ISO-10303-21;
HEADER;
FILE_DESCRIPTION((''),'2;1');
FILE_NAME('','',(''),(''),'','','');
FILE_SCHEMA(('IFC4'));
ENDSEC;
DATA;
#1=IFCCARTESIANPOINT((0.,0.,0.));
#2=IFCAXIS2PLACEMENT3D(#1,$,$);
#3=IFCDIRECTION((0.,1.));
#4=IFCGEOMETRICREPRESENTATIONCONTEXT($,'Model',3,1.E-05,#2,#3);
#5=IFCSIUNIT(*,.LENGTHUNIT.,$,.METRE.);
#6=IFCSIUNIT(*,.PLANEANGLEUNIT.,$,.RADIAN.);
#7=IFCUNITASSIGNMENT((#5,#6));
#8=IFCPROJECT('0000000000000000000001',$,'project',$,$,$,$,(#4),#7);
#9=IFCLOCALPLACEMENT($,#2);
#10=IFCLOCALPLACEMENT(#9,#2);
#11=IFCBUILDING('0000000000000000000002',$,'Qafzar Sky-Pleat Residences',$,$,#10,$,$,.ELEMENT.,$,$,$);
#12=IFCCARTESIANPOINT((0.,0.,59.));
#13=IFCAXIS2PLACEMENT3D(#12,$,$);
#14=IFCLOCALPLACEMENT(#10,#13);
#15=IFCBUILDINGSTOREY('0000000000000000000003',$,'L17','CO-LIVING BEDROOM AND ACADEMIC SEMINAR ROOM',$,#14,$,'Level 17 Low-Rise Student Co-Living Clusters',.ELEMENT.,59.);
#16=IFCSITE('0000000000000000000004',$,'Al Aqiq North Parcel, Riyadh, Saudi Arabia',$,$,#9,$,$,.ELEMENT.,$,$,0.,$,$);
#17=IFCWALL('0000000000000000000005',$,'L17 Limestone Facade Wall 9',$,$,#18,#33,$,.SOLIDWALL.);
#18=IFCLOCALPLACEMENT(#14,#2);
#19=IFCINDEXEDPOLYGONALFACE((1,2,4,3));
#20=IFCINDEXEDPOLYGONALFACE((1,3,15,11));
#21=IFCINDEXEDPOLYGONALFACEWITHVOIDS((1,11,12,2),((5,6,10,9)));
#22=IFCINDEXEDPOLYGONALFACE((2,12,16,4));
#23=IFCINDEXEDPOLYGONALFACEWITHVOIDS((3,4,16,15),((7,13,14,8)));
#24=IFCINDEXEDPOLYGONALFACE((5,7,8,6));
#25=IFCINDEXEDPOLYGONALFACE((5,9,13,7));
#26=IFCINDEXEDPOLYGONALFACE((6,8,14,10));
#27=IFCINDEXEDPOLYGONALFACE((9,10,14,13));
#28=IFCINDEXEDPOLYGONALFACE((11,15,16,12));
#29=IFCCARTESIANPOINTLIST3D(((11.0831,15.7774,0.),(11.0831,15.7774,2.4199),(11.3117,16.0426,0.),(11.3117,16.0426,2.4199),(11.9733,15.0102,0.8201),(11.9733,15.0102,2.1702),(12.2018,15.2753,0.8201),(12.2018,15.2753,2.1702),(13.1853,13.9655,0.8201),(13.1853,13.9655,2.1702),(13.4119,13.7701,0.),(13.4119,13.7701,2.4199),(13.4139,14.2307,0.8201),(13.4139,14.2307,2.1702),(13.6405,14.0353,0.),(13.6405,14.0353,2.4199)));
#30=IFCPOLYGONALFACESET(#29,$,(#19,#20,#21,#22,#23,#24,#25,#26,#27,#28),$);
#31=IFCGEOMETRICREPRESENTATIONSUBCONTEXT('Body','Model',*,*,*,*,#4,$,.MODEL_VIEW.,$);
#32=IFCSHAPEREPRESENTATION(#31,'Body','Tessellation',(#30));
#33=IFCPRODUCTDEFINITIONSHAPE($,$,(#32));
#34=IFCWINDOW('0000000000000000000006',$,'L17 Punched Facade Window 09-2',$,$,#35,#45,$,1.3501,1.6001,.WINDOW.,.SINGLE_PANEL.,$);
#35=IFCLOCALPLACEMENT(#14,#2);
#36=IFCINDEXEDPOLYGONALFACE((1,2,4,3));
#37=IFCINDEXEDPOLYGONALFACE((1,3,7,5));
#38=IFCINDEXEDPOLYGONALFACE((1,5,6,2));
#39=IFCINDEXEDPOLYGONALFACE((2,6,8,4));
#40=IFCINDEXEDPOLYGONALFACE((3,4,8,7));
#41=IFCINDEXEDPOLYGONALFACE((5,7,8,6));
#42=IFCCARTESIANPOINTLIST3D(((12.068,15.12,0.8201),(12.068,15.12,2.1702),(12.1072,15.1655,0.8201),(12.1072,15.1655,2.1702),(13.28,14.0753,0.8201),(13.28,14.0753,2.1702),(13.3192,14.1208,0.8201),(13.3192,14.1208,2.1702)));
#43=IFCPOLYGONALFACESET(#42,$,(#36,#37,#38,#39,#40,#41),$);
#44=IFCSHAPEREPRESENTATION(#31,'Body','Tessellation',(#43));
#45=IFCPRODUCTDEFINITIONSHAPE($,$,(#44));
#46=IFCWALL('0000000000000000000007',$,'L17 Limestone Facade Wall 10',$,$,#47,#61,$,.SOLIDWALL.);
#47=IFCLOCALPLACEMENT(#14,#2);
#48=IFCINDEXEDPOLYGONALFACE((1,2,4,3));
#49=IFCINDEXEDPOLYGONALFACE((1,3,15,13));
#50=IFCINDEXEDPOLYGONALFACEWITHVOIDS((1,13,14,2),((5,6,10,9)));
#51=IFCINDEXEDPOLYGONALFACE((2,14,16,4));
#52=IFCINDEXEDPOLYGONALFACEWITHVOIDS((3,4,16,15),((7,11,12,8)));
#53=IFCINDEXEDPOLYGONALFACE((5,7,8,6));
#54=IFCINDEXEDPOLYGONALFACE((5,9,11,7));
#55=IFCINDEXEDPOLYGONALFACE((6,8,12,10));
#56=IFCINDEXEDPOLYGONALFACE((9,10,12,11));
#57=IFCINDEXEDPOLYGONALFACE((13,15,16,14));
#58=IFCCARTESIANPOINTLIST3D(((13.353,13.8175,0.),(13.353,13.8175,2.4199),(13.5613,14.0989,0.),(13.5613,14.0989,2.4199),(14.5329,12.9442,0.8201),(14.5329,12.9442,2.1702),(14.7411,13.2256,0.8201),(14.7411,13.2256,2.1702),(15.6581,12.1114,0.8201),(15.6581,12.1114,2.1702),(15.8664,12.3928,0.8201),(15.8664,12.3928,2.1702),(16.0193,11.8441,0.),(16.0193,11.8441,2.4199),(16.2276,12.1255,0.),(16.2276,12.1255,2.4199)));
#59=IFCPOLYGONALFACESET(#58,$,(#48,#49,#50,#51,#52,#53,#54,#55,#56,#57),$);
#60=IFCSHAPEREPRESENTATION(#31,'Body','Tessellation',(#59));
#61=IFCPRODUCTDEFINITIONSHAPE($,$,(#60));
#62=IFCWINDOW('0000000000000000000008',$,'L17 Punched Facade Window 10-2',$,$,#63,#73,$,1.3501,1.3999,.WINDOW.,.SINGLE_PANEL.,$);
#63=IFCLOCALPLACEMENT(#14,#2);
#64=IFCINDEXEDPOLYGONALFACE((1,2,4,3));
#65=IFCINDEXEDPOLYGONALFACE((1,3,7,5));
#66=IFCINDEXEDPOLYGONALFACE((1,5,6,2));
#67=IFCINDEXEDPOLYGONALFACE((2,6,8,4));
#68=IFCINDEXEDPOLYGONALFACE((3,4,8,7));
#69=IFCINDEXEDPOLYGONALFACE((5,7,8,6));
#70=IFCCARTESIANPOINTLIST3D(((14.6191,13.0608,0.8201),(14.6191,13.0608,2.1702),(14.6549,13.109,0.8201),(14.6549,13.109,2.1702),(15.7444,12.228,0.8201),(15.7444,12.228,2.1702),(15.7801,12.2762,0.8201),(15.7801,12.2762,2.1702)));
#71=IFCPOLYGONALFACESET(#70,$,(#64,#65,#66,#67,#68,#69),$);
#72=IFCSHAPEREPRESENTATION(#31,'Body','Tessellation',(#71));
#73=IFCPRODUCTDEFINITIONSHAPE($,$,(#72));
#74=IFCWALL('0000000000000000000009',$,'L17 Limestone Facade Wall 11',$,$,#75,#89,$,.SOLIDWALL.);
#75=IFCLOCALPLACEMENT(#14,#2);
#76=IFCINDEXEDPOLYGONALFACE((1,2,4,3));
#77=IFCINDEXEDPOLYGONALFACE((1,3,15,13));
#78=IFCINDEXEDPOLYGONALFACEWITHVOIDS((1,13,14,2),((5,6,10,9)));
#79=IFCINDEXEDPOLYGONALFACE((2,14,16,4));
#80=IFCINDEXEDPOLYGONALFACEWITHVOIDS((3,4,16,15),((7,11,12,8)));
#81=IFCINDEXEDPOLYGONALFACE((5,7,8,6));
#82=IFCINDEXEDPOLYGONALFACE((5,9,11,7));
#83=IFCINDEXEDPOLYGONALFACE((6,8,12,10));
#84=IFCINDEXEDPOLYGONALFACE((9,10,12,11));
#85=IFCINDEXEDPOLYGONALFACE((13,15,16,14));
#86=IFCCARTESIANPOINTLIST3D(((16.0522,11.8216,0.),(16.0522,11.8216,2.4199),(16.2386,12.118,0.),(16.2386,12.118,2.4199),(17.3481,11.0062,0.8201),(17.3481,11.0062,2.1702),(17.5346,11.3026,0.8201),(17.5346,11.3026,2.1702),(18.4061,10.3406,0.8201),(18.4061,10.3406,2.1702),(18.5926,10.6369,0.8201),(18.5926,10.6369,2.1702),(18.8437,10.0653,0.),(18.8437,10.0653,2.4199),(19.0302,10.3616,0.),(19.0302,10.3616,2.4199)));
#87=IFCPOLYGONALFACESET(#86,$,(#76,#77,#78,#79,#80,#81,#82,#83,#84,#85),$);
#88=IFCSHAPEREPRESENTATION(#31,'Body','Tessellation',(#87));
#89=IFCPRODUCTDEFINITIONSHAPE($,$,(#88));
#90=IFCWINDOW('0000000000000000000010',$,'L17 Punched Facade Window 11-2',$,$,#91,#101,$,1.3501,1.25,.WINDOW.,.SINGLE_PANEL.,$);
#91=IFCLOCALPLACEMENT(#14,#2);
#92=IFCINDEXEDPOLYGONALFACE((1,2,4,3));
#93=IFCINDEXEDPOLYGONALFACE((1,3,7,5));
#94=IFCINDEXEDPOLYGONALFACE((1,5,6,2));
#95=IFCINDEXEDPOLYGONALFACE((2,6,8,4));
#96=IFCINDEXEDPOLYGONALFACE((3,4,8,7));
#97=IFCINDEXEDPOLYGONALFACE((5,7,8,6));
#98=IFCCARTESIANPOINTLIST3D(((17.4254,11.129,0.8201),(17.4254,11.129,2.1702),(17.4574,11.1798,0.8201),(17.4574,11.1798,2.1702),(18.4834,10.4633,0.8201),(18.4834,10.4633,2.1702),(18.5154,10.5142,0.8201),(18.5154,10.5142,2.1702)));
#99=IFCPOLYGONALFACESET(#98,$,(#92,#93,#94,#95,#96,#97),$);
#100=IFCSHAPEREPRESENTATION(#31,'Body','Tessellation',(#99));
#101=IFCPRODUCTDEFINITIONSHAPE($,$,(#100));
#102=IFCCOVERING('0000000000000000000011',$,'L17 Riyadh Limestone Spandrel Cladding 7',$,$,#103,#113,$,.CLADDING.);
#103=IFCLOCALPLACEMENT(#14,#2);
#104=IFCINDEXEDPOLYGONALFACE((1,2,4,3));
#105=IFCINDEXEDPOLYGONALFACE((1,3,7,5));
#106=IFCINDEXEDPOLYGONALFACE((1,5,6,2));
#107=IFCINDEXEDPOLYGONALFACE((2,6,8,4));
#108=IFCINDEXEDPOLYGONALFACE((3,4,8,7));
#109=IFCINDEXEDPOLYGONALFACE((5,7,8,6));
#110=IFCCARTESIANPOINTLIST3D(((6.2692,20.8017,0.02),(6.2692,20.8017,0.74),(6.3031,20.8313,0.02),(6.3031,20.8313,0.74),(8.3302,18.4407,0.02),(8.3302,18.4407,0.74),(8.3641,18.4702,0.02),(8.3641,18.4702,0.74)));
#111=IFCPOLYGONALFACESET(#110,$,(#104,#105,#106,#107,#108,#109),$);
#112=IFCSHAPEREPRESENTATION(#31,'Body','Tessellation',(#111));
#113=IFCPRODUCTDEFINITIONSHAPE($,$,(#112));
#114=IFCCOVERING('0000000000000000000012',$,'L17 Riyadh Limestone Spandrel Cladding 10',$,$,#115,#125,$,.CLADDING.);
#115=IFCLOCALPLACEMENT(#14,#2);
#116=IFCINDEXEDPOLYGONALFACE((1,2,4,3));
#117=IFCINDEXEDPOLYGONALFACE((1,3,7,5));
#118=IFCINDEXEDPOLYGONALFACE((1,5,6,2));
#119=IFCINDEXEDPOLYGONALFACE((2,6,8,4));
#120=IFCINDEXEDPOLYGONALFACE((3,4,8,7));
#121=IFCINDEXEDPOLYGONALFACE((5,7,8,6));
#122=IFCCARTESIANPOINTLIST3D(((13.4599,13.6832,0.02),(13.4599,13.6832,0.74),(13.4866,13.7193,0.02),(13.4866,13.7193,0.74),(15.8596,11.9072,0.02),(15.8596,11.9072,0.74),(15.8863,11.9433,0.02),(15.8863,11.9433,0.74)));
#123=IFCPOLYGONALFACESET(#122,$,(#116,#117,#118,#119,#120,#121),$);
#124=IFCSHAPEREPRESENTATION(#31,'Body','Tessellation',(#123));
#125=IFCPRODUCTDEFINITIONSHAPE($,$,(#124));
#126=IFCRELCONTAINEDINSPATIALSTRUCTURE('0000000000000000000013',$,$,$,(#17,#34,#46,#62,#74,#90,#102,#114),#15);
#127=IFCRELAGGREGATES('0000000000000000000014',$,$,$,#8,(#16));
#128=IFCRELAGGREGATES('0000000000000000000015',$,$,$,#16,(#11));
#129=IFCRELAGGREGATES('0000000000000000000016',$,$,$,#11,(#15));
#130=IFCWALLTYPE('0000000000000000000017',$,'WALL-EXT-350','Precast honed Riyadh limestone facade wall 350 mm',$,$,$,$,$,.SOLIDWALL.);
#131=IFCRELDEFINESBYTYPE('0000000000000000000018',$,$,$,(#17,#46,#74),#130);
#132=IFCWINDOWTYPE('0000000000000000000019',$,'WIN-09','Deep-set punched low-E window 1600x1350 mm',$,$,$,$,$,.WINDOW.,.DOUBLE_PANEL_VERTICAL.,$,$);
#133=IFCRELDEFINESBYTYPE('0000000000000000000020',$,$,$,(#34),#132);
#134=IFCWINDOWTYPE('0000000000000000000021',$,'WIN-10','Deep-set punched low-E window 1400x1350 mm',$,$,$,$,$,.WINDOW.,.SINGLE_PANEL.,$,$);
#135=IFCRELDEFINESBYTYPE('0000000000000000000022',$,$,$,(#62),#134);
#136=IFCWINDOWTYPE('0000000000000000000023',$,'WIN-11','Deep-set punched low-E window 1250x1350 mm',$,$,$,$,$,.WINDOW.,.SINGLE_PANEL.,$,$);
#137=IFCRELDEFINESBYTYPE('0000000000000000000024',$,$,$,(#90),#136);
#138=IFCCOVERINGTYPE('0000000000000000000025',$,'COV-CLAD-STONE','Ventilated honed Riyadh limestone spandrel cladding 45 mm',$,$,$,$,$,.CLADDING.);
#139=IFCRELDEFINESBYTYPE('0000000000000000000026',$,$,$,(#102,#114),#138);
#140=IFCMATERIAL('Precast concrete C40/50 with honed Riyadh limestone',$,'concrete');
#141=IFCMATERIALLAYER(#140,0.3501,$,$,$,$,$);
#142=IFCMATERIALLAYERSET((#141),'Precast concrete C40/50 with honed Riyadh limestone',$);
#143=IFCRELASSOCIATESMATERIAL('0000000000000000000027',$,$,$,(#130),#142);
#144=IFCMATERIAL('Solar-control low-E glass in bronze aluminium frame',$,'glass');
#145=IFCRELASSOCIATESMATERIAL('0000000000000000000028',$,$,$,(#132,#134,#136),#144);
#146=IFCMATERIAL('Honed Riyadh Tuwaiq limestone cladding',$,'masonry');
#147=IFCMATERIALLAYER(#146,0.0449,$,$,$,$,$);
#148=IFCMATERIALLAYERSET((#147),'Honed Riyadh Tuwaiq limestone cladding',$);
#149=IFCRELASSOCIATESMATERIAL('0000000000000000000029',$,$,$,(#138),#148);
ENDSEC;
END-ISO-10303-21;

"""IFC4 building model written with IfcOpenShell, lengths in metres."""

from ifc_helpers import new_model, si_unit, direction, frame, frame_2d, origin, origin_2d, place, context, subcontext, project, spatial, rectangle, extrude, source, transform, mapped, material, layer, layer_set, type_object, element, fill, save


model = new_model("IFC4")

# Units and contexts
model_context = context("Model", 3, precision=1e-05, world=origin(), true_north=direction((0.0, 1.0)))
body_context = subcontext(model_context, "Body", "Model", "MODEL_VIEW")
ifc_project = project(units=[si_unit("LENGTHUNIT", "METRE"), si_unit("PLANEANGLEUNIT", "RADIAN")], contexts=[model_context])

# Site, building, storey
site_placement = place(None, origin())
site = spatial("IfcSite", under=ifc_project, at=site_placement, Name="Al Aqiq North Parcel, Riyadh, Saudi Arabia", CompositionType="ELEMENT", RefElevation=0.0)
building_placement = place(site_placement, origin())
building = spatial("IfcBuilding", under=site, at=building_placement, Name="Qafzar Sky-Pleat Residences", CompositionType="ELEMENT")
storey_placement = place(building_placement, frame((0.0, 0.0, 59.0)))
storey = spatial("IfcBuildingStorey", under=building, at=storey_placement, Name="L17", Description="CO-LIVING BEDROOM AND ACADEMIC SEMINAR ROOM", LongName="Level 17 Low-Rise Student Co-Living Clusters", CompositionType="ELEMENT", Elevation=59.0)

# Shared definitions
ifc_material_1 = material(Name="Precast concrete C40/50 with honed Riyadh limestone", Category="concrete")
ifc_layer_1 = layer(ifc_material_1, 0.3501)
ifc_layer_set_1 = layer_set([ifc_layer_1], Name="Precast concrete C40/50 with honed Riyadh limestone")
wall_type_1 = type_object("IfcWallType", Name="WALL-EXT-350", Description="Precast honed Riyadh limestone facade wall 350 mm", PredefinedType="SOLIDWALL", material=ifc_layer_set_1)
ifc_material_2 = material(Name="Solar-control low-E glass in bronze aluminium frame", Category="glass")

# Walls, openings, windows
wall_1_placement = place(storey_placement, frame((11.1975, 15.9099, 0.0), z_axis=(0.0, 0.0, 1.0), x_axis=(0.75746, -0.652882, 0.0)))
wall_1 = element("IfcWall", 1, at=wall_1_placement, inside=storey, type_object=wall_type_1, Name="L17 Limestone Facade Wall 9", PredefinedType="SOLIDWALL", context=body_context, shape_type="SweptSolid", body=[
    extrude(rectangle(XDim=3.0745, YDim=0.3501, at=frame_2d((1.5371, 0.0))), origin(), (0.0, 0.0, 1.0), 2.4199),
])
opening_1_placement = place(wall_1_placement, frame((1.175, 0.0, 0.8201)))
opening_1 = element("IfcOpeningElement", 2, at=opening_1_placement, cuts=wall_1, PredefinedType="OPENING", context=body_context, shape_type="SweptSolid", body=[
    extrude(rectangle(XDim=1.6001, YDim=1.3501, at=frame_2d((0.8, 0.675))), frame((0.0, 0.1851, 0.0), z_axis=(0.0, -1.0, 0.0), x_axis=(1.0, 0.0, 0.0)), (0.0, 0.0, 1.0), 0.3701),
])
window_type_1 = type_object("IfcWindowType", Name="WIN-09", Description="Deep-set punched low-E window 1600x1350 mm", PartitioningType="DOUBLE_PANEL_VERTICAL", PredefinedType="WINDOW", material=ifc_material_2)
shared_shape_1 = source(origin(), body_context, "Body", "SweptSolid", [
    extrude(rectangle(XDim=1.6001, YDim=1.3501, at=frame_2d((0.8, 0.675))), frame((0.0, 0.03, 0.0), z_axis=(0.0, -1.0, 0.0), x_axis=(1.0, 0.0, 0.0)), (0.0, 0.0, 1.0), 0.0601),
])
window_1_placement = place(opening_1_placement, origin())
window_1 = element("IfcWindow", 3, at=window_1_placement, inside=storey, type_object=window_type_1, Name="L17 Punched Facade Window 09-2", OverallHeight=1.3501, OverallWidth=1.6001, PartitioningType="SINGLE_PANEL", PredefinedType="WINDOW", context=body_context, shape_type="MappedRepresentation", body=[
    mapped(shared_shape_1, transform((0.0, 0.0, 0.0), x_axis=(1.0, 0.0, 0.0), y_axis=(0.0, 1.0, 0.0), z_axis=(0.0, 0.0, 1.0), scale=1.0)),
])
fill(opening_1, window_1)
wall_2_placement = place(storey_placement, frame((13.457, 13.9583, 0.0), z_axis=(0.0, 0.0, 1.0), x_axis=(0.803791, -0.594912, 0.0)))
wall_2 = element("IfcWall", 4, at=wall_2_placement, inside=storey, type_object=wall_type_1, Name="L17 Limestone Facade Wall 10", PredefinedType="SOLIDWALL", context=body_context, shape_type="SweptSolid", body=[
    extrude(rectangle(XDim=3.3171, YDim=0.3501, at=frame_2d((1.6587, 0.0))), origin(), (0.0, 0.0, 1.0), 2.4199),
])
opening_2_placement = place(wall_2_placement, frame((1.468, 0.0, 0.8201)))
opening_2 = element("IfcOpeningElement", 5, at=opening_2_placement, cuts=wall_2, PredefinedType="OPENING", context=body_context, shape_type="SweptSolid", body=[
    extrude(rectangle(XDim=1.3999, YDim=1.3501, at=frame_2d((0.7, 0.675))), frame((0.0, 0.1851, 0.0), z_axis=(0.0, -1.0, 0.0), x_axis=(1.0, 0.0, 0.0)), (0.0, 0.0, 1.0), 0.3701),
])
window_type_2 = type_object("IfcWindowType", Name="WIN-10", Description="Deep-set punched low-E window 1400x1350 mm", PartitioningType="SINGLE_PANEL", PredefinedType="WINDOW", material=ifc_material_2)
shared_shape_2 = source(origin(), body_context, "Body", "SweptSolid", [
    extrude(rectangle(XDim=1.3999, YDim=1.3501, at=frame_2d((0.7, 0.675))), frame((0.0, 0.03, 0.0), z_axis=(0.0, -1.0, 0.0), x_axis=(1.0, 0.0, 0.0)), (0.0, 0.0, 1.0), 0.0601),
])
window_2_placement = place(opening_2_placement, origin())
window_2 = element("IfcWindow", 6, at=window_2_placement, inside=storey, type_object=window_type_2, Name="L17 Punched Facade Window 10-2", OverallHeight=1.3501, OverallWidth=1.3999, PartitioningType="SINGLE_PANEL", PredefinedType="WINDOW", context=body_context, shape_type="MappedRepresentation", body=[
    mapped(shared_shape_2, transform((0.0, 0.0, 0.0), x_axis=(1.0, 0.0, 0.0), y_axis=(0.0, 1.0, 0.0), z_axis=(0.0, 0.0, 1.0), scale=1.0)),
])
fill(opening_2, window_2)
wall_3_placement = place(storey_placement, frame((16.1455, 11.9697, 0.0), z_axis=(0.0, 0.0, 1.0), x_axis=(0.846406, -0.532538, 0.0)))
wall_3 = element("IfcWall", 7, at=wall_3_placement, inside=storey, type_object=wall_type_1, Name="L17 Limestone Facade Wall 11", PredefinedType="SOLIDWALL", context=body_context, shape_type="SweptSolid", body=[
    extrude(rectangle(XDim=3.2981, YDim=0.3501, at=frame_2d((1.6489, 0.0))), origin(), (0.0, 0.0, 1.0), 2.4199),
])
opening_3_placement = place(wall_3_placement, frame((1.531, 0.0, 0.8201)))
opening_3 = element("IfcOpeningElement", 8, at=opening_3_placement, cuts=wall_3, PredefinedType="OPENING", context=body_context, shape_type="SweptSolid", body=[
    extrude(rectangle(XDim=1.25, YDim=1.3501, at=frame_2d((0.625, 0.675))), frame((0.0, 0.1851, 0.0), z_axis=(0.0, -1.0, 0.0), x_axis=(1.0, 0.0, 0.0)), (0.0, 0.0, 1.0), 0.3701),
])
window_type_3 = type_object("IfcWindowType", Name="WIN-11", Description="Deep-set punched low-E window 1250x1350 mm", PartitioningType="SINGLE_PANEL", PredefinedType="WINDOW", material=ifc_material_2)
shared_shape_3 = source(origin(), body_context, "Body", "SweptSolid", [
    extrude(rectangle(XDim=1.25, YDim=1.3501, at=frame_2d((0.625, 0.675))), frame((0.0, 0.03, 0.0), z_axis=(0.0, -1.0, 0.0), x_axis=(1.0, 0.0, 0.0)), (0.0, 0.0, 1.0), 0.0601),
])
window_3_placement = place(opening_3_placement, origin())
window_3 = element("IfcWindow", 9, at=window_3_placement, inside=storey, type_object=window_type_3, Name="L17 Punched Facade Window 11-2", OverallHeight=1.3501, OverallWidth=1.25, PartitioningType="SINGLE_PANEL", PredefinedType="WINDOW", context=body_context, shape_type="MappedRepresentation", body=[
    mapped(shared_shape_3, transform((0.0, 0.0, 0.0), x_axis=(1.0, 0.0, 0.0), y_axis=(0.0, 1.0, 0.0), z_axis=(0.0, 0.0, 1.0), scale=1.0)),
])
fill(opening_3, window_3)

# Coverings
ifc_material_3 = material(Name="Honed Riyadh Tuwaiq limestone cladding", Category="masonry")
ifc_layer_2 = layer(ifc_material_3, 0.0449)
ifc_layer_set_2 = layer_set([ifc_layer_2], Name="Honed Riyadh Tuwaiq limestone cladding")
covering_type = type_object("IfcCoveringType", Name="COV-CLAD-STONE", Description="Ventilated honed Riyadh limestone spandrel cladding 45 mm", PredefinedType="CLADDING", material=ifc_layer_set_2)
shared_shape_4 = source(origin(), body_context, "Body", "SweptSolid", [
    extrude(rectangle(XDim=3.134, YDim=0.0449, at=origin_2d()), origin(), (0.0, 0.0, 1.0), 0.72),
])
covering_1_placement = place(storey_placement, frame((7.3167, 19.636, 0.02), z_axis=(0.0, 0.0, 1.0), x_axis=(0.657614, -0.753355, 0.0)))
element("IfcCovering", 10, at=covering_1_placement, inside=storey, type_object=covering_type, Name="L17 Riyadh Limestone Spandrel Cladding 7", PredefinedType="CLADDING", context=body_context, shape_type="MappedRepresentation", body=[
    mapped(shared_shape_4, transform((0.0, 0.0, 0.0), x_axis=(1.0, 0.0, 0.0), y_axis=(0.0, 1.0, 0.0), z_axis=(0.0, 0.0, 1.0), scale=1.0)),
])
shared_shape_5 = source(origin(), body_context, "Body", "SweptSolid", [
    extrude(rectangle(XDim=2.9854, YDim=0.0449, at=origin_2d()), origin(), (0.0, 0.0, 1.0), 0.72),
])
covering_2_placement = place(storey_placement, frame((14.6731, 12.8132, 0.02), z_axis=(0.0, 0.0, 1.0), x_axis=(0.803808, -0.594889, 0.0)))
element("IfcCovering", 11, at=covering_2_placement, inside=storey, type_object=covering_type, Name="L17 Riyadh Limestone Spandrel Cladding 10", PredefinedType="CLADDING", context=body_context, shape_type="MappedRepresentation", body=[
    mapped(shared_shape_5, transform((0.0, 0.0, 0.0), x_axis=(1.0, 0.0, 0.0), y_axis=(0.0, 1.0, 0.0), z_axis=(0.0, 0.0, 1.0), scale=1.0)),
])

save(model, "model.ifc")
